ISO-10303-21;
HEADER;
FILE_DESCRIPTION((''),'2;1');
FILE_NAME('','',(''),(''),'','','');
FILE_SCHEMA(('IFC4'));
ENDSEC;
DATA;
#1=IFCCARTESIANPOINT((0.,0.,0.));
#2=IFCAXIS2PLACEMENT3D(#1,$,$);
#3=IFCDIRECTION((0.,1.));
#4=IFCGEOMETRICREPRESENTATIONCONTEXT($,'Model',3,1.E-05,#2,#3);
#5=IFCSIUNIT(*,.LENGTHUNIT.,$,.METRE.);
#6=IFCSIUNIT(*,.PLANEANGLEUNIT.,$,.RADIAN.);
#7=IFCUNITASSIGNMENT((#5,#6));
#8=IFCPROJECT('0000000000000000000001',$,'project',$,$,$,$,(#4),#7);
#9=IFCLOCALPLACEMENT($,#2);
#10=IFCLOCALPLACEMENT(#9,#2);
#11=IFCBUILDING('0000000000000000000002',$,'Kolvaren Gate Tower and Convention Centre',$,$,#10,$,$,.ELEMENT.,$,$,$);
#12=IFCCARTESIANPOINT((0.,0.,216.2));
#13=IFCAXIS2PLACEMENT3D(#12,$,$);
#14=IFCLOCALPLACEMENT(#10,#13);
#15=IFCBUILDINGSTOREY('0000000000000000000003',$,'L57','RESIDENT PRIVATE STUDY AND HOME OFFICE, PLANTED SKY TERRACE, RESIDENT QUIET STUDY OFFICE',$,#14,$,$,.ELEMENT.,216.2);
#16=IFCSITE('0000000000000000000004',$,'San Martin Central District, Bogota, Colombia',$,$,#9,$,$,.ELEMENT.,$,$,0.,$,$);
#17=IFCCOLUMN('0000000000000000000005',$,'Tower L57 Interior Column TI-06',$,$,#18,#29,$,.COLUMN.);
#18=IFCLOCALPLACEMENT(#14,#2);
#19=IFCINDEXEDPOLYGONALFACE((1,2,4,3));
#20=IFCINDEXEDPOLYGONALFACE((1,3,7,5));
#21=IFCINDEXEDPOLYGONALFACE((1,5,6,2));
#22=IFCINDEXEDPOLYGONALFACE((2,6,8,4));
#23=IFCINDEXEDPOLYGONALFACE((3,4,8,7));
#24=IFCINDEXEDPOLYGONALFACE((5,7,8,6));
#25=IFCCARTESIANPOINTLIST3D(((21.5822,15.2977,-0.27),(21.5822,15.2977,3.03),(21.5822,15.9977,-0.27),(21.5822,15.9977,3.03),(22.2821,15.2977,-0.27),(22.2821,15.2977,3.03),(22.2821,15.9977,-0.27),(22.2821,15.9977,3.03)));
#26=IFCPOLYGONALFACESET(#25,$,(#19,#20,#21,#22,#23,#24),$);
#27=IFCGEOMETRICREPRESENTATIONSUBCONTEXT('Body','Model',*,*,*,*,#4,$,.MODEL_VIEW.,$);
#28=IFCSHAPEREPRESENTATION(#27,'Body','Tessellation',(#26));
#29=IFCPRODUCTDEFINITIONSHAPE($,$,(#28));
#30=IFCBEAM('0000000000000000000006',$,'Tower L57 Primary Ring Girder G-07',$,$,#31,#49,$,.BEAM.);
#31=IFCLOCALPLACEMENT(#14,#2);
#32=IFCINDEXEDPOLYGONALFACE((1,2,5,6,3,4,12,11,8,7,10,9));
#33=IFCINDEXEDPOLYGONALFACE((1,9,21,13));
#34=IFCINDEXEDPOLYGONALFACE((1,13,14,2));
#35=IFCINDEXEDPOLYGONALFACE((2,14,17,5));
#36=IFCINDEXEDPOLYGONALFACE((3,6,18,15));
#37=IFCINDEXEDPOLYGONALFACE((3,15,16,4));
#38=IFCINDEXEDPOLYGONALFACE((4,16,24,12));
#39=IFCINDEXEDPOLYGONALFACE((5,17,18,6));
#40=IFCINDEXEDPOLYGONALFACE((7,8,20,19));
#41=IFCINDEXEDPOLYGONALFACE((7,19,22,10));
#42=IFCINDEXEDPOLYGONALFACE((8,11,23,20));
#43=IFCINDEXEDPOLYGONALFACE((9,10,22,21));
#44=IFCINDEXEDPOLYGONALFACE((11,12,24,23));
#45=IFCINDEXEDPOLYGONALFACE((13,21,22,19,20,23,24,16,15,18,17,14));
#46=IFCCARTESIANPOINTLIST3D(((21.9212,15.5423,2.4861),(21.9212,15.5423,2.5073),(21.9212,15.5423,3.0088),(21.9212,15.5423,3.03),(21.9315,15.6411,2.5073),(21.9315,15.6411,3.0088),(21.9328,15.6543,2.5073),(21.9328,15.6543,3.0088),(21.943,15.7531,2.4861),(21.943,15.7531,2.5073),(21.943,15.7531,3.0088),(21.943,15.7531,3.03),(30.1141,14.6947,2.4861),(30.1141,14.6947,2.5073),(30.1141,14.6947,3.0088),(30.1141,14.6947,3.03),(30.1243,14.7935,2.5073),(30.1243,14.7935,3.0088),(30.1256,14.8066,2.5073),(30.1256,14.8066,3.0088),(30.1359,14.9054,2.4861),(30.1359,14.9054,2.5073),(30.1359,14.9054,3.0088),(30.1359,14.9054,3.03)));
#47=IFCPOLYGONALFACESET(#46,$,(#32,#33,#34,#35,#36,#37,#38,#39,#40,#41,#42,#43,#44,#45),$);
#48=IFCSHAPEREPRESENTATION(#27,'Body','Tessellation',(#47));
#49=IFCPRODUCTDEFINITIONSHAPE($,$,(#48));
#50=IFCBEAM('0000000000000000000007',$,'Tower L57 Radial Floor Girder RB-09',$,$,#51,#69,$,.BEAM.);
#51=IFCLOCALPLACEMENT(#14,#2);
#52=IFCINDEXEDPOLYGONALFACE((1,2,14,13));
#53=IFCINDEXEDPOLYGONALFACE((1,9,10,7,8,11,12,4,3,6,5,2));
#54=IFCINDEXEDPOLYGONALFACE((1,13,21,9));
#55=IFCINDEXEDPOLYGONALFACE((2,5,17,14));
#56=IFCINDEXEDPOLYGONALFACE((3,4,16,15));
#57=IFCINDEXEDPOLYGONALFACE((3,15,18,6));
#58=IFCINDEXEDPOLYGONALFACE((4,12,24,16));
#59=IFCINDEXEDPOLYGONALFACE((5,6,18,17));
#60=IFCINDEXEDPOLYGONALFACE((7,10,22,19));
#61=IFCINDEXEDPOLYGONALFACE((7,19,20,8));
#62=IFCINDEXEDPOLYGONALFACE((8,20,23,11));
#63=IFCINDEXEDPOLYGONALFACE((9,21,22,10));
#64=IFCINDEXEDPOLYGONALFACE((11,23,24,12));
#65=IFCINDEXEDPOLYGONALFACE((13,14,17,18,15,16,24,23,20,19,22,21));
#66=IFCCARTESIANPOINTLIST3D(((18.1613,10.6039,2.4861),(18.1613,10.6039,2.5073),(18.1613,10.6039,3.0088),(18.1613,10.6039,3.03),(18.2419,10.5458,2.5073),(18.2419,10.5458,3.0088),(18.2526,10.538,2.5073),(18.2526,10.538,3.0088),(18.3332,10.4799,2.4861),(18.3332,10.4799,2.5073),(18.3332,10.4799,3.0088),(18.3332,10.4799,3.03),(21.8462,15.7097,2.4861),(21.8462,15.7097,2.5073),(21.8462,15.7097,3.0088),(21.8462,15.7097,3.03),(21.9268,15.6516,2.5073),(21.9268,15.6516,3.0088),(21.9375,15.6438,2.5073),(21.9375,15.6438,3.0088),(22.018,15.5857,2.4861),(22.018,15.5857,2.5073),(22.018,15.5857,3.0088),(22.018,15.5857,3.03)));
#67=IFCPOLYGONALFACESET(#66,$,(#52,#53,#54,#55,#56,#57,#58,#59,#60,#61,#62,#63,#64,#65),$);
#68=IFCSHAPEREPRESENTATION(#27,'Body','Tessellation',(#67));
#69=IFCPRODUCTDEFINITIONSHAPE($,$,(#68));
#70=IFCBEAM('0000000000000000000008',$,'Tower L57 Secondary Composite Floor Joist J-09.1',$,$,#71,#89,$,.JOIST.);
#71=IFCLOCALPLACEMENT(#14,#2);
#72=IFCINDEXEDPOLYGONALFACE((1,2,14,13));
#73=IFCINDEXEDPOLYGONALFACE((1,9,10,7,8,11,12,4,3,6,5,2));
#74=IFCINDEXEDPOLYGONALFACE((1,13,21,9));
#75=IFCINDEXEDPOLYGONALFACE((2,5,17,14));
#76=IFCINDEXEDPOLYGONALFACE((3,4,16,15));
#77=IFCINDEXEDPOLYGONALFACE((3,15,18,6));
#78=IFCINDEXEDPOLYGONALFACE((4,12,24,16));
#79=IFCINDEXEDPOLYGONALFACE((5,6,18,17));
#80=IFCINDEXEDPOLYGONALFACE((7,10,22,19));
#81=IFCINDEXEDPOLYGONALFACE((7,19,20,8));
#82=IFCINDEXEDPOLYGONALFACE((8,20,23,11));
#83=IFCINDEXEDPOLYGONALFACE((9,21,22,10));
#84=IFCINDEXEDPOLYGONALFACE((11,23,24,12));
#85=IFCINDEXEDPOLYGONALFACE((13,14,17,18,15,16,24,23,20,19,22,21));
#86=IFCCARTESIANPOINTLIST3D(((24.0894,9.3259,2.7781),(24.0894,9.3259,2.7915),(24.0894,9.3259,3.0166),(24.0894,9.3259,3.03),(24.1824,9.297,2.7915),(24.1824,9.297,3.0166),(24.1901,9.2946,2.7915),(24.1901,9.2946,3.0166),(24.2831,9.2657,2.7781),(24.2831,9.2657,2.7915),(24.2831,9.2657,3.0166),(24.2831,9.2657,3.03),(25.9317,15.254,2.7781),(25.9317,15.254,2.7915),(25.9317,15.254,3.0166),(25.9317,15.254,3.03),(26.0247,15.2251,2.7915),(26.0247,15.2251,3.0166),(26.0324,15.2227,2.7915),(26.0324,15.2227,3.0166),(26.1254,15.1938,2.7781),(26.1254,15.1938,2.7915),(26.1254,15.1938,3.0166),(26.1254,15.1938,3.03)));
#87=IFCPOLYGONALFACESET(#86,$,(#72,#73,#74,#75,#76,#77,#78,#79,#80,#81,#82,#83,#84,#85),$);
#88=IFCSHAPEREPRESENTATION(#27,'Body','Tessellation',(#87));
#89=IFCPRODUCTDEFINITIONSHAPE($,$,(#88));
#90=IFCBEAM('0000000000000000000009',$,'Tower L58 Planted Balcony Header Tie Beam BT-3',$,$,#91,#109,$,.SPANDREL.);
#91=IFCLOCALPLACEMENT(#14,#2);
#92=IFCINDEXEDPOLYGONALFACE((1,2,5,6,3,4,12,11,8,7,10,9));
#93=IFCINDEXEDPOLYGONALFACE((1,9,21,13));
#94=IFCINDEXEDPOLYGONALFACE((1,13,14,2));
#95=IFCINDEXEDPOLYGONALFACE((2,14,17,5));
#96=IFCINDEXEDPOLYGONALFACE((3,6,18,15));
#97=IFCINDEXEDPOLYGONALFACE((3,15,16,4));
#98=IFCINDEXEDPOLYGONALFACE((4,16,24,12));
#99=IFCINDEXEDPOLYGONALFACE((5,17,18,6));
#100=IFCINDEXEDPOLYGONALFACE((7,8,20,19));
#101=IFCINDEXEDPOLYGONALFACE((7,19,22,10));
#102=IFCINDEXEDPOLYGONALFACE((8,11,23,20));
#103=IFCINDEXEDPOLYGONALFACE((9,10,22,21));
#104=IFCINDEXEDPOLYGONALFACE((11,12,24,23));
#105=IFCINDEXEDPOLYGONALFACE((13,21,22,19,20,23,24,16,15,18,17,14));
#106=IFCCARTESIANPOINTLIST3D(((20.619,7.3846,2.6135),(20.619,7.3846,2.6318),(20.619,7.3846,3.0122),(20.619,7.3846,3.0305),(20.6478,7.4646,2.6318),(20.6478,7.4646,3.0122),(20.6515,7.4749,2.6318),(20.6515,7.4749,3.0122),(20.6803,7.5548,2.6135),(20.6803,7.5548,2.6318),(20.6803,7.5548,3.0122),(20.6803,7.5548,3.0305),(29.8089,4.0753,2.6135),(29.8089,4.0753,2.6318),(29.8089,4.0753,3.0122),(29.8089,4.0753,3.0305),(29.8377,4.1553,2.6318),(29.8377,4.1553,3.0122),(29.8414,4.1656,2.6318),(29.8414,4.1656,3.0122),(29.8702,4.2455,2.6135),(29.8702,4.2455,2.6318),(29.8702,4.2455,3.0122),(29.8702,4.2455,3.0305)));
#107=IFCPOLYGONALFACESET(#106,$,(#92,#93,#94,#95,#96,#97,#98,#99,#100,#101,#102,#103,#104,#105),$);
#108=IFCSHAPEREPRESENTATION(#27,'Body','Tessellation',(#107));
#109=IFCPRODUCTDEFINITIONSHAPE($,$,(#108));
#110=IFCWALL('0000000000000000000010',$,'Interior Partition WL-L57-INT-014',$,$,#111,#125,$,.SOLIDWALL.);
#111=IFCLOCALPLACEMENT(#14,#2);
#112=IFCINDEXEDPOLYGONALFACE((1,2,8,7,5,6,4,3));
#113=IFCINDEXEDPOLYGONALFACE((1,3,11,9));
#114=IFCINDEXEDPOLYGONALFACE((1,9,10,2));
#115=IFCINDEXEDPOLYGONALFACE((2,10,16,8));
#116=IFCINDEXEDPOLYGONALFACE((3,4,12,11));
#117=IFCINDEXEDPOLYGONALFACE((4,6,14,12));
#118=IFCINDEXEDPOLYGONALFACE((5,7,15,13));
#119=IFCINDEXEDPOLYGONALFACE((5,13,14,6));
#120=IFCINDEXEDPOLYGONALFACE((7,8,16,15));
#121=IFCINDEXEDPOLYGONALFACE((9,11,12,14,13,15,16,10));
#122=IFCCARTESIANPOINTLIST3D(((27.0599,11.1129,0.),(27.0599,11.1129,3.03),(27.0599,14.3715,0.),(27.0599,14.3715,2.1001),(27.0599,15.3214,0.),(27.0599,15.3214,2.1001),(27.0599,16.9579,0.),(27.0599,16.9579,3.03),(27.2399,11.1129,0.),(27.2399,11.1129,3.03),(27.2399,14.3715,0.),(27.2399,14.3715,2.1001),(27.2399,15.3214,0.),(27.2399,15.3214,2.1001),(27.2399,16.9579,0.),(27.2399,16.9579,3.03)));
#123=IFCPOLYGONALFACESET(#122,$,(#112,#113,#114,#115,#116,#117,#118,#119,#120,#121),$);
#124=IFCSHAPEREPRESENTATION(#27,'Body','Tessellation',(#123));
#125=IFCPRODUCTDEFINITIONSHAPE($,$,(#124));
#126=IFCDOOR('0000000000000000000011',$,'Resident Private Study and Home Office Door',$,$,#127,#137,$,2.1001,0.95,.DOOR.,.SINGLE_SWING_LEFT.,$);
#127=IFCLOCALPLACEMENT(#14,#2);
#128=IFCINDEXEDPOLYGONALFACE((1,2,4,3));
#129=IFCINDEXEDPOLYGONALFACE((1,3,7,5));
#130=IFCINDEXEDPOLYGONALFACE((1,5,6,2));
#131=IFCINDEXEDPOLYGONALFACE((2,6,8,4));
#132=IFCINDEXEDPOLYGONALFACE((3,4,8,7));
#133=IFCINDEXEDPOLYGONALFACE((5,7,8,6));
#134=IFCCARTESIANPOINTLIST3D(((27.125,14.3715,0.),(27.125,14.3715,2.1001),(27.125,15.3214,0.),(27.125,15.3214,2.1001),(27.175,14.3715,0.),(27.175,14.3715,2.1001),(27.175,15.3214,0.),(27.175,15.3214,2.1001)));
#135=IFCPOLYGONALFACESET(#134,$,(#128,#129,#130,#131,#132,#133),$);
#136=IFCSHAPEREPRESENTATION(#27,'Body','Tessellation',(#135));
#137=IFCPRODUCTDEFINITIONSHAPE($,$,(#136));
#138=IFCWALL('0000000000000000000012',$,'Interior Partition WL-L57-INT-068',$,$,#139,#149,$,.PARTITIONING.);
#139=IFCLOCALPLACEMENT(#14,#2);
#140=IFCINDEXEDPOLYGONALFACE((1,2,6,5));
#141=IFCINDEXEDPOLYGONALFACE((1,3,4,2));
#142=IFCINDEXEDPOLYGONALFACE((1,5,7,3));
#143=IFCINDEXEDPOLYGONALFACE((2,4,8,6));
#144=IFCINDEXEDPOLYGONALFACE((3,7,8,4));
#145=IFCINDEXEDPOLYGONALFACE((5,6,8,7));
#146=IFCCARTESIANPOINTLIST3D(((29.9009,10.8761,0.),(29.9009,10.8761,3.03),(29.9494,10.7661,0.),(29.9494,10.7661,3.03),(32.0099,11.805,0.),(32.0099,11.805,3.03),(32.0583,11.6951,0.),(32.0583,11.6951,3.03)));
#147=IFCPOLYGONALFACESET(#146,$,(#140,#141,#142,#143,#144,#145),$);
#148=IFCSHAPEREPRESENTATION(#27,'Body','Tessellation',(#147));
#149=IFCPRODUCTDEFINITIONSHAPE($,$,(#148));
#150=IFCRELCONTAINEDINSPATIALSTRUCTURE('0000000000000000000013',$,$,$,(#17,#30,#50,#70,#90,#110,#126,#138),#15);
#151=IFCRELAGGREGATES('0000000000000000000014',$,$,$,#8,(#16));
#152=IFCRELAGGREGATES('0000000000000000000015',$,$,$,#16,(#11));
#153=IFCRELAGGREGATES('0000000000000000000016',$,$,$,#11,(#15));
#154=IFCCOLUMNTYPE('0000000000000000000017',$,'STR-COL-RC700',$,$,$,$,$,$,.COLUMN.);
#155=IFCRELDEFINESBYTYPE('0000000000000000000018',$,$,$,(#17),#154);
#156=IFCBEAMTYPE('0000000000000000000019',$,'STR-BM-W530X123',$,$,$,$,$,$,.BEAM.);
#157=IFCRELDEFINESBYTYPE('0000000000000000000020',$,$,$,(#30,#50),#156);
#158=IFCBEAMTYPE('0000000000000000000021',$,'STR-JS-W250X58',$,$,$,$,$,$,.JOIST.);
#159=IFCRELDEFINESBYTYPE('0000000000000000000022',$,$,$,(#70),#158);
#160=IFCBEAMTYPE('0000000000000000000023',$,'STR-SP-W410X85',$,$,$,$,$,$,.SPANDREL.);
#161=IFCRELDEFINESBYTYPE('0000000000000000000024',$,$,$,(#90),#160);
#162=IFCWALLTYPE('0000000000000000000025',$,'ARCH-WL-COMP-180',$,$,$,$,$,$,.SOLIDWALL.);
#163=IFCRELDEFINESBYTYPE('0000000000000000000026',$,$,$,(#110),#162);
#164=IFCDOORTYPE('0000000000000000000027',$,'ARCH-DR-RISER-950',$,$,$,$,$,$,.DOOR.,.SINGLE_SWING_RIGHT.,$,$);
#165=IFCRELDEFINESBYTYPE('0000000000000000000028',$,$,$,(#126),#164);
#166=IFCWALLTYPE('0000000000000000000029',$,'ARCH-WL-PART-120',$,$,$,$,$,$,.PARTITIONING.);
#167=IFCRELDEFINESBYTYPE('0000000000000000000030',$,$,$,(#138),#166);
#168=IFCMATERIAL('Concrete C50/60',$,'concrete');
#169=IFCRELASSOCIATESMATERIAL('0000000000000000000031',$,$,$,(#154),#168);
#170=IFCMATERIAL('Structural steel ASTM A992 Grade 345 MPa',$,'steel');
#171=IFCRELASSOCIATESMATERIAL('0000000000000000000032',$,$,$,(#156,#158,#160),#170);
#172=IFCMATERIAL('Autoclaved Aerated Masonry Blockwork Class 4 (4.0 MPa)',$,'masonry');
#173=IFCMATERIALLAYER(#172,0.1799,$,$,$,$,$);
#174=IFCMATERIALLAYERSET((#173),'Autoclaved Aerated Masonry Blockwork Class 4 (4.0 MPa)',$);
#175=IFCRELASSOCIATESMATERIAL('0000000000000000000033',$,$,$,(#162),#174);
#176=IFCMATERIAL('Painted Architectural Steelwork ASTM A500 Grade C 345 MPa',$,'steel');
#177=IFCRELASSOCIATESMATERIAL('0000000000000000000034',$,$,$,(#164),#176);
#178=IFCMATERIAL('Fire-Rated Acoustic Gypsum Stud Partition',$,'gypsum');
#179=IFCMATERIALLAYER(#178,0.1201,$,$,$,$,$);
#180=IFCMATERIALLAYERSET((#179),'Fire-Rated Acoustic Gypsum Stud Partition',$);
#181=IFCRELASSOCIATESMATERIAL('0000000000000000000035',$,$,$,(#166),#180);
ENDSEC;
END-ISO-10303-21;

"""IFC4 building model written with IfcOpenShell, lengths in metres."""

from ifc_helpers import new_model, si_unit, direction, frame, frame_2d, origin, origin_2d, place, context, subcontext, project, spatial, rectangle, i_section, extrude, material, layer, layer_set, material_profile, profile_set, type_object, element, fill, save


model = new_model("IFC4")

# Units and contexts
model_context = context("Model", 3, precision=1e-05, world=origin(), true_north=direction((0.0, 1.0)))
body_context = subcontext(model_context, "Body", "Model", "MODEL_VIEW")
ifc_project = project(units=[si_unit("LENGTHUNIT", "METRE"), si_unit("PLANEANGLEUNIT", "RADIAN")], contexts=[model_context])

# Site, building, storey
site_placement = place(None, origin())
site = spatial("IfcSite", under=ifc_project, at=site_placement, Name="San Martin Central District, Bogota, Colombia", CompositionType="ELEMENT", RefElevation=0.0)
building_placement = place(site_placement, origin())
building = spatial("IfcBuilding", under=site, at=building_placement, Name="Kolvaren Gate Tower and Convention Centre", CompositionType="ELEMENT")
storey_placement = place(building_placement, frame((0.0, 0.0, 216.2)))
storey = spatial("IfcBuildingStorey", under=building, at=storey_placement, Name="L57", Description="RESIDENT PRIVATE STUDY AND HOME OFFICE, PLANTED SKY TERRACE, RESIDENT QUIET STUDY OFFICE", CompositionType="ELEMENT", Elevation=216.2)

# Column
ifc_material_1 = material(Name="Concrete C50/60", Category="concrete")
ifc_material_profile_1 = material_profile(ifc_material_1, rectangle(XDim=0.7, YDim=0.7, at=origin_2d()), Name="RC-COL-700X700")
ifc_profile_set_1 = profile_set([ifc_material_profile_1], Name="Concrete C50/60")
column_type = type_object("IfcColumnType", Name="STR-COL-RC700", PredefinedType="COLUMN", material=ifc_profile_set_1)
column_placement = place(storey_placement, frame((21.9321, 15.6477, -0.27), z_axis=(0.0, 0.0, 1.0), x_axis=(1.0, 0.0, 0.0)))
element("IfcColumn", 1, at=column_placement, inside=storey, type_object=column_type, Name="Tower L57 Interior Column TI-06", PredefinedType="COLUMN", context=body_context, shape_type="SweptSolid", body=[
    extrude(rectangle(XDim=0.7, YDim=0.7, at=origin_2d()), origin(), (0.0, 0.0, 1.0), 3.3),
])

# Beams
ifc_material_2 = material(Name="Structural steel ASTM A992 Grade 345 MPa", Category="steel")
ifc_material_profile_2 = material_profile(ifc_material_2, i_section(OverallWidth=0.2119, OverallDepth=0.5439, WebThickness=0.0132, FlangeThickness=0.0212, at=origin_2d()), Name="W530X123")
ifc_profile_set_2 = profile_set([ifc_material_profile_2], Name="Structural steel ASTM A992 Grade 345 MPa")
beam_type_1 = type_object("IfcBeamType", Name="STR-BM-W530X123", PredefinedType="BEAM", material=ifc_profile_set_2)
beam_1_placement = place(storey_placement, frame((21.9321, 15.6477, 2.7581), z_axis=(0.99469, -0.102913, 0.0), x_axis=(0.102913, 0.99469, 0.0)))
element("IfcBeam", 2, at=beam_1_placement, inside=storey, type_object=beam_type_1, Name="Tower L57 Primary Ring Girder G-07", PredefinedType="BEAM", context=body_context, shape_type="SweptSolid", body=[
    extrude(i_section(OverallWidth=0.2119, OverallDepth=0.5439, WebThickness=0.0132, FlangeThickness=0.0212, at=origin_2d()), origin(), (0.0, 0.0, 1.0), 8.2366),
])
beam_2_placement = place(storey_placement, frame((21.9321, 15.6477, 2.7581), z_axis=(-0.585214, -0.810879, 0.0), x_axis=(0.810879, -0.585214, 0.0)))
element("IfcBeam", 3, at=beam_2_placement, inside=storey, type_object=beam_type_1, Name="Tower L57 Radial Floor Girder RB-09", PredefinedType="BEAM", context=body_context, shape_type="SweptSolid", body=[
    extrude(i_section(OverallWidth=0.2119, OverallDepth=0.5439, WebThickness=0.0132, FlangeThickness=0.0212, at=origin_2d()), origin(), (0.0, 0.0, 1.0), 6.2966),
])
ifc_material_profile_3 = material_profile(ifc_material_2, i_section(OverallWidth=0.2029, OverallDepth=0.252, WebThickness=0.0081, FlangeThickness=0.0134, at=origin_2d()), Name="W250X58")
ifc_profile_set_3 = profile_set([ifc_material_profile_3], Name="Structural steel ASTM A992 Grade 345 MPa")
beam_type_2 = type_object("IfcBeamType", Name="STR-JS-W250X58", PredefinedType="JOIST", material=ifc_profile_set_3)
beam_3_placement = place(storey_placement, frame((26.0286, 15.2239, 2.9041), z_axis=(-0.296776, -0.954947, 0.0), x_axis=(0.954947, -0.296776, 0.0)))
element("IfcBeam", 4, at=beam_3_placement, inside=storey, type_object=beam_type_2, Name="Tower L57 Secondary Composite Floor Joist J-09.1", PredefinedType="JOIST", context=body_context, shape_type="SweptSolid", body=[
    extrude(i_section(OverallWidth=0.2029, OverallDepth=0.252, WebThickness=0.0081, FlangeThickness=0.0134, at=origin_2d()), origin(), (0.0, 0.0, 1.0), 6.2078),
])
ifc_material_profile_4 = material_profile(ifc_material_2, i_section(OverallWidth=0.1809, OverallDepth=0.417, WebThickness=0.011, FlangeThickness=0.0183, at=origin_2d()), Name="W410X85")
ifc_profile_set_4 = profile_set([ifc_material_profile_4], Name="Structural steel ASTM A992 Grade 345 MPa")
beam_type_3 = type_object("IfcBeamType", Name="STR-SP-W410X85", PredefinedType="SPANDREL", material=ifc_profile_set_4)
beam_4_placement = place(storey_placement, frame((20.6497, 7.4697, 2.822), z_axis=(0.940857, -0.338805, 0.0), x_axis=(0.338805, 0.940857, 0.0)))
element("IfcBeam", 5, at=beam_4_placement, inside=storey, type_object=beam_type_3, Name="Tower L58 Planted Balcony Header Tie Beam BT-3", PredefinedType="SPANDREL", context=body_context, shape_type="SweptSolid", body=[
    extrude(i_section(OverallWidth=0.1809, OverallDepth=0.417, WebThickness=0.011, FlangeThickness=0.0183, at=origin_2d()), origin(), (0.0, 0.0, 1.0), 9.7676),
])

# Wall, opening, door
ifc_material_3 = material(Name="Autoclaved Aerated Masonry Blockwork Class 4 (4.0 MPa)", Category="masonry")
ifc_layer_1 = layer(ifc_material_3, 0.1799)
ifc_layer_set_1 = layer_set([ifc_layer_1], Name="Autoclaved Aerated Masonry Blockwork Class 4 (4.0 MPa)")
wall_type_1 = type_object("IfcWallType", Name="ARCH-WL-COMP-180", PredefinedType="SOLIDWALL", material=ifc_layer_set_1)
wall_1_placement = place(storey_placement, frame((27.1499, 11.113, 0.0), z_axis=(0.0, 0.0, 1.0), x_axis=(0.0, 1.0, 0.0)))
wall_1 = element("IfcWall", 6, at=wall_1_placement, inside=storey, type_object=wall_type_1, Name="Interior Partition WL-L57-INT-014", PredefinedType="SOLIDWALL", context=body_context, shape_type="SweptSolid", body=[
    extrude(rectangle(XDim=5.845, YDim=0.1799, at=frame_2d((2.9224, 0.0))), origin(), (0.0, 0.0, 1.0), 3.03),
])
opening_1_placement = place(wall_1_placement, frame((3.2583, 0.0, 0.0)))
opening_1 = element("IfcOpeningElement", 7, at=opening_1_placement, cuts=wall_1, PredefinedType="OPENING", context=body_context, shape_type="SweptSolid", body=[
    extrude(rectangle(XDim=0.95, YDim=2.1001, at=frame_2d((0.4751, 1.05))), frame((0.0, 0.0999, 0.0), z_axis=(0.0, -1.0, 0.0), x_axis=(1.0, 0.0, 0.0)), (0.0, 0.0, 1.0), 0.2),
])
ifc_material_4 = material(Name="Painted Architectural Steelwork ASTM A500 Grade C 345 MPa", Category="steel")
door_type_1 = type_object("IfcDoorType", Name="ARCH-DR-RISER-950", OperationType="SINGLE_SWING_RIGHT", PredefinedType="DOOR", material=ifc_material_4)
door_1_placement = place(opening_1_placement, origin())
door_1 = element("IfcDoor", 8, at=door_1_placement, inside=storey, type_object=door_type_1, Name="Resident Private Study and Home Office Door", OperationType="SINGLE_SWING_LEFT", OverallHeight=2.1001, OverallWidth=0.95, PredefinedType="DOOR", context=body_context, shape_type="SweptSolid", body=[
    extrude(rectangle(XDim=0.95, YDim=2.1001, at=frame_2d((0.4751, 1.05))), frame((0.0, 0.0249, 0.0), z_axis=(0.0, -1.0, 0.0), x_axis=(1.0, 0.0, 0.0)), (0.0, 0.0, 1.0), 0.05),
])
fill(opening_1, door_1)

# Wall
ifc_material_5 = material(Name="Fire-Rated Acoustic Gypsum Stud Partition", Category="gypsum")
ifc_layer_2 = layer(ifc_material_5, 0.1201)
ifc_layer_set_2 = layer_set([ifc_layer_2], Name="Fire-Rated Acoustic Gypsum Stud Partition")
wall_type_2 = type_object("IfcWallType", Name="ARCH-WL-PART-120", PredefinedType="PARTITIONING", material=ifc_layer_set_2)
wall_2_placement = place(storey_placement, frame((29.925, 10.821, 0.0), z_axis=(0.0, 0.0, 1.0), x_axis=(0.915148, 0.403118, 0.0)))
element("IfcWall", 9, at=wall_2_placement, inside=storey, type_object=wall_type_2, Name="Interior Partition WL-L57-INT-068", PredefinedType="PARTITIONING", context=body_context, shape_type="SweptSolid", body=[
    extrude(rectangle(XDim=2.3044, YDim=0.1201, at=frame_2d((1.1523, 0.0))), origin(), (0.0, 0.0, 1.0), 3.03),
])

save(model, "model.ifc")
